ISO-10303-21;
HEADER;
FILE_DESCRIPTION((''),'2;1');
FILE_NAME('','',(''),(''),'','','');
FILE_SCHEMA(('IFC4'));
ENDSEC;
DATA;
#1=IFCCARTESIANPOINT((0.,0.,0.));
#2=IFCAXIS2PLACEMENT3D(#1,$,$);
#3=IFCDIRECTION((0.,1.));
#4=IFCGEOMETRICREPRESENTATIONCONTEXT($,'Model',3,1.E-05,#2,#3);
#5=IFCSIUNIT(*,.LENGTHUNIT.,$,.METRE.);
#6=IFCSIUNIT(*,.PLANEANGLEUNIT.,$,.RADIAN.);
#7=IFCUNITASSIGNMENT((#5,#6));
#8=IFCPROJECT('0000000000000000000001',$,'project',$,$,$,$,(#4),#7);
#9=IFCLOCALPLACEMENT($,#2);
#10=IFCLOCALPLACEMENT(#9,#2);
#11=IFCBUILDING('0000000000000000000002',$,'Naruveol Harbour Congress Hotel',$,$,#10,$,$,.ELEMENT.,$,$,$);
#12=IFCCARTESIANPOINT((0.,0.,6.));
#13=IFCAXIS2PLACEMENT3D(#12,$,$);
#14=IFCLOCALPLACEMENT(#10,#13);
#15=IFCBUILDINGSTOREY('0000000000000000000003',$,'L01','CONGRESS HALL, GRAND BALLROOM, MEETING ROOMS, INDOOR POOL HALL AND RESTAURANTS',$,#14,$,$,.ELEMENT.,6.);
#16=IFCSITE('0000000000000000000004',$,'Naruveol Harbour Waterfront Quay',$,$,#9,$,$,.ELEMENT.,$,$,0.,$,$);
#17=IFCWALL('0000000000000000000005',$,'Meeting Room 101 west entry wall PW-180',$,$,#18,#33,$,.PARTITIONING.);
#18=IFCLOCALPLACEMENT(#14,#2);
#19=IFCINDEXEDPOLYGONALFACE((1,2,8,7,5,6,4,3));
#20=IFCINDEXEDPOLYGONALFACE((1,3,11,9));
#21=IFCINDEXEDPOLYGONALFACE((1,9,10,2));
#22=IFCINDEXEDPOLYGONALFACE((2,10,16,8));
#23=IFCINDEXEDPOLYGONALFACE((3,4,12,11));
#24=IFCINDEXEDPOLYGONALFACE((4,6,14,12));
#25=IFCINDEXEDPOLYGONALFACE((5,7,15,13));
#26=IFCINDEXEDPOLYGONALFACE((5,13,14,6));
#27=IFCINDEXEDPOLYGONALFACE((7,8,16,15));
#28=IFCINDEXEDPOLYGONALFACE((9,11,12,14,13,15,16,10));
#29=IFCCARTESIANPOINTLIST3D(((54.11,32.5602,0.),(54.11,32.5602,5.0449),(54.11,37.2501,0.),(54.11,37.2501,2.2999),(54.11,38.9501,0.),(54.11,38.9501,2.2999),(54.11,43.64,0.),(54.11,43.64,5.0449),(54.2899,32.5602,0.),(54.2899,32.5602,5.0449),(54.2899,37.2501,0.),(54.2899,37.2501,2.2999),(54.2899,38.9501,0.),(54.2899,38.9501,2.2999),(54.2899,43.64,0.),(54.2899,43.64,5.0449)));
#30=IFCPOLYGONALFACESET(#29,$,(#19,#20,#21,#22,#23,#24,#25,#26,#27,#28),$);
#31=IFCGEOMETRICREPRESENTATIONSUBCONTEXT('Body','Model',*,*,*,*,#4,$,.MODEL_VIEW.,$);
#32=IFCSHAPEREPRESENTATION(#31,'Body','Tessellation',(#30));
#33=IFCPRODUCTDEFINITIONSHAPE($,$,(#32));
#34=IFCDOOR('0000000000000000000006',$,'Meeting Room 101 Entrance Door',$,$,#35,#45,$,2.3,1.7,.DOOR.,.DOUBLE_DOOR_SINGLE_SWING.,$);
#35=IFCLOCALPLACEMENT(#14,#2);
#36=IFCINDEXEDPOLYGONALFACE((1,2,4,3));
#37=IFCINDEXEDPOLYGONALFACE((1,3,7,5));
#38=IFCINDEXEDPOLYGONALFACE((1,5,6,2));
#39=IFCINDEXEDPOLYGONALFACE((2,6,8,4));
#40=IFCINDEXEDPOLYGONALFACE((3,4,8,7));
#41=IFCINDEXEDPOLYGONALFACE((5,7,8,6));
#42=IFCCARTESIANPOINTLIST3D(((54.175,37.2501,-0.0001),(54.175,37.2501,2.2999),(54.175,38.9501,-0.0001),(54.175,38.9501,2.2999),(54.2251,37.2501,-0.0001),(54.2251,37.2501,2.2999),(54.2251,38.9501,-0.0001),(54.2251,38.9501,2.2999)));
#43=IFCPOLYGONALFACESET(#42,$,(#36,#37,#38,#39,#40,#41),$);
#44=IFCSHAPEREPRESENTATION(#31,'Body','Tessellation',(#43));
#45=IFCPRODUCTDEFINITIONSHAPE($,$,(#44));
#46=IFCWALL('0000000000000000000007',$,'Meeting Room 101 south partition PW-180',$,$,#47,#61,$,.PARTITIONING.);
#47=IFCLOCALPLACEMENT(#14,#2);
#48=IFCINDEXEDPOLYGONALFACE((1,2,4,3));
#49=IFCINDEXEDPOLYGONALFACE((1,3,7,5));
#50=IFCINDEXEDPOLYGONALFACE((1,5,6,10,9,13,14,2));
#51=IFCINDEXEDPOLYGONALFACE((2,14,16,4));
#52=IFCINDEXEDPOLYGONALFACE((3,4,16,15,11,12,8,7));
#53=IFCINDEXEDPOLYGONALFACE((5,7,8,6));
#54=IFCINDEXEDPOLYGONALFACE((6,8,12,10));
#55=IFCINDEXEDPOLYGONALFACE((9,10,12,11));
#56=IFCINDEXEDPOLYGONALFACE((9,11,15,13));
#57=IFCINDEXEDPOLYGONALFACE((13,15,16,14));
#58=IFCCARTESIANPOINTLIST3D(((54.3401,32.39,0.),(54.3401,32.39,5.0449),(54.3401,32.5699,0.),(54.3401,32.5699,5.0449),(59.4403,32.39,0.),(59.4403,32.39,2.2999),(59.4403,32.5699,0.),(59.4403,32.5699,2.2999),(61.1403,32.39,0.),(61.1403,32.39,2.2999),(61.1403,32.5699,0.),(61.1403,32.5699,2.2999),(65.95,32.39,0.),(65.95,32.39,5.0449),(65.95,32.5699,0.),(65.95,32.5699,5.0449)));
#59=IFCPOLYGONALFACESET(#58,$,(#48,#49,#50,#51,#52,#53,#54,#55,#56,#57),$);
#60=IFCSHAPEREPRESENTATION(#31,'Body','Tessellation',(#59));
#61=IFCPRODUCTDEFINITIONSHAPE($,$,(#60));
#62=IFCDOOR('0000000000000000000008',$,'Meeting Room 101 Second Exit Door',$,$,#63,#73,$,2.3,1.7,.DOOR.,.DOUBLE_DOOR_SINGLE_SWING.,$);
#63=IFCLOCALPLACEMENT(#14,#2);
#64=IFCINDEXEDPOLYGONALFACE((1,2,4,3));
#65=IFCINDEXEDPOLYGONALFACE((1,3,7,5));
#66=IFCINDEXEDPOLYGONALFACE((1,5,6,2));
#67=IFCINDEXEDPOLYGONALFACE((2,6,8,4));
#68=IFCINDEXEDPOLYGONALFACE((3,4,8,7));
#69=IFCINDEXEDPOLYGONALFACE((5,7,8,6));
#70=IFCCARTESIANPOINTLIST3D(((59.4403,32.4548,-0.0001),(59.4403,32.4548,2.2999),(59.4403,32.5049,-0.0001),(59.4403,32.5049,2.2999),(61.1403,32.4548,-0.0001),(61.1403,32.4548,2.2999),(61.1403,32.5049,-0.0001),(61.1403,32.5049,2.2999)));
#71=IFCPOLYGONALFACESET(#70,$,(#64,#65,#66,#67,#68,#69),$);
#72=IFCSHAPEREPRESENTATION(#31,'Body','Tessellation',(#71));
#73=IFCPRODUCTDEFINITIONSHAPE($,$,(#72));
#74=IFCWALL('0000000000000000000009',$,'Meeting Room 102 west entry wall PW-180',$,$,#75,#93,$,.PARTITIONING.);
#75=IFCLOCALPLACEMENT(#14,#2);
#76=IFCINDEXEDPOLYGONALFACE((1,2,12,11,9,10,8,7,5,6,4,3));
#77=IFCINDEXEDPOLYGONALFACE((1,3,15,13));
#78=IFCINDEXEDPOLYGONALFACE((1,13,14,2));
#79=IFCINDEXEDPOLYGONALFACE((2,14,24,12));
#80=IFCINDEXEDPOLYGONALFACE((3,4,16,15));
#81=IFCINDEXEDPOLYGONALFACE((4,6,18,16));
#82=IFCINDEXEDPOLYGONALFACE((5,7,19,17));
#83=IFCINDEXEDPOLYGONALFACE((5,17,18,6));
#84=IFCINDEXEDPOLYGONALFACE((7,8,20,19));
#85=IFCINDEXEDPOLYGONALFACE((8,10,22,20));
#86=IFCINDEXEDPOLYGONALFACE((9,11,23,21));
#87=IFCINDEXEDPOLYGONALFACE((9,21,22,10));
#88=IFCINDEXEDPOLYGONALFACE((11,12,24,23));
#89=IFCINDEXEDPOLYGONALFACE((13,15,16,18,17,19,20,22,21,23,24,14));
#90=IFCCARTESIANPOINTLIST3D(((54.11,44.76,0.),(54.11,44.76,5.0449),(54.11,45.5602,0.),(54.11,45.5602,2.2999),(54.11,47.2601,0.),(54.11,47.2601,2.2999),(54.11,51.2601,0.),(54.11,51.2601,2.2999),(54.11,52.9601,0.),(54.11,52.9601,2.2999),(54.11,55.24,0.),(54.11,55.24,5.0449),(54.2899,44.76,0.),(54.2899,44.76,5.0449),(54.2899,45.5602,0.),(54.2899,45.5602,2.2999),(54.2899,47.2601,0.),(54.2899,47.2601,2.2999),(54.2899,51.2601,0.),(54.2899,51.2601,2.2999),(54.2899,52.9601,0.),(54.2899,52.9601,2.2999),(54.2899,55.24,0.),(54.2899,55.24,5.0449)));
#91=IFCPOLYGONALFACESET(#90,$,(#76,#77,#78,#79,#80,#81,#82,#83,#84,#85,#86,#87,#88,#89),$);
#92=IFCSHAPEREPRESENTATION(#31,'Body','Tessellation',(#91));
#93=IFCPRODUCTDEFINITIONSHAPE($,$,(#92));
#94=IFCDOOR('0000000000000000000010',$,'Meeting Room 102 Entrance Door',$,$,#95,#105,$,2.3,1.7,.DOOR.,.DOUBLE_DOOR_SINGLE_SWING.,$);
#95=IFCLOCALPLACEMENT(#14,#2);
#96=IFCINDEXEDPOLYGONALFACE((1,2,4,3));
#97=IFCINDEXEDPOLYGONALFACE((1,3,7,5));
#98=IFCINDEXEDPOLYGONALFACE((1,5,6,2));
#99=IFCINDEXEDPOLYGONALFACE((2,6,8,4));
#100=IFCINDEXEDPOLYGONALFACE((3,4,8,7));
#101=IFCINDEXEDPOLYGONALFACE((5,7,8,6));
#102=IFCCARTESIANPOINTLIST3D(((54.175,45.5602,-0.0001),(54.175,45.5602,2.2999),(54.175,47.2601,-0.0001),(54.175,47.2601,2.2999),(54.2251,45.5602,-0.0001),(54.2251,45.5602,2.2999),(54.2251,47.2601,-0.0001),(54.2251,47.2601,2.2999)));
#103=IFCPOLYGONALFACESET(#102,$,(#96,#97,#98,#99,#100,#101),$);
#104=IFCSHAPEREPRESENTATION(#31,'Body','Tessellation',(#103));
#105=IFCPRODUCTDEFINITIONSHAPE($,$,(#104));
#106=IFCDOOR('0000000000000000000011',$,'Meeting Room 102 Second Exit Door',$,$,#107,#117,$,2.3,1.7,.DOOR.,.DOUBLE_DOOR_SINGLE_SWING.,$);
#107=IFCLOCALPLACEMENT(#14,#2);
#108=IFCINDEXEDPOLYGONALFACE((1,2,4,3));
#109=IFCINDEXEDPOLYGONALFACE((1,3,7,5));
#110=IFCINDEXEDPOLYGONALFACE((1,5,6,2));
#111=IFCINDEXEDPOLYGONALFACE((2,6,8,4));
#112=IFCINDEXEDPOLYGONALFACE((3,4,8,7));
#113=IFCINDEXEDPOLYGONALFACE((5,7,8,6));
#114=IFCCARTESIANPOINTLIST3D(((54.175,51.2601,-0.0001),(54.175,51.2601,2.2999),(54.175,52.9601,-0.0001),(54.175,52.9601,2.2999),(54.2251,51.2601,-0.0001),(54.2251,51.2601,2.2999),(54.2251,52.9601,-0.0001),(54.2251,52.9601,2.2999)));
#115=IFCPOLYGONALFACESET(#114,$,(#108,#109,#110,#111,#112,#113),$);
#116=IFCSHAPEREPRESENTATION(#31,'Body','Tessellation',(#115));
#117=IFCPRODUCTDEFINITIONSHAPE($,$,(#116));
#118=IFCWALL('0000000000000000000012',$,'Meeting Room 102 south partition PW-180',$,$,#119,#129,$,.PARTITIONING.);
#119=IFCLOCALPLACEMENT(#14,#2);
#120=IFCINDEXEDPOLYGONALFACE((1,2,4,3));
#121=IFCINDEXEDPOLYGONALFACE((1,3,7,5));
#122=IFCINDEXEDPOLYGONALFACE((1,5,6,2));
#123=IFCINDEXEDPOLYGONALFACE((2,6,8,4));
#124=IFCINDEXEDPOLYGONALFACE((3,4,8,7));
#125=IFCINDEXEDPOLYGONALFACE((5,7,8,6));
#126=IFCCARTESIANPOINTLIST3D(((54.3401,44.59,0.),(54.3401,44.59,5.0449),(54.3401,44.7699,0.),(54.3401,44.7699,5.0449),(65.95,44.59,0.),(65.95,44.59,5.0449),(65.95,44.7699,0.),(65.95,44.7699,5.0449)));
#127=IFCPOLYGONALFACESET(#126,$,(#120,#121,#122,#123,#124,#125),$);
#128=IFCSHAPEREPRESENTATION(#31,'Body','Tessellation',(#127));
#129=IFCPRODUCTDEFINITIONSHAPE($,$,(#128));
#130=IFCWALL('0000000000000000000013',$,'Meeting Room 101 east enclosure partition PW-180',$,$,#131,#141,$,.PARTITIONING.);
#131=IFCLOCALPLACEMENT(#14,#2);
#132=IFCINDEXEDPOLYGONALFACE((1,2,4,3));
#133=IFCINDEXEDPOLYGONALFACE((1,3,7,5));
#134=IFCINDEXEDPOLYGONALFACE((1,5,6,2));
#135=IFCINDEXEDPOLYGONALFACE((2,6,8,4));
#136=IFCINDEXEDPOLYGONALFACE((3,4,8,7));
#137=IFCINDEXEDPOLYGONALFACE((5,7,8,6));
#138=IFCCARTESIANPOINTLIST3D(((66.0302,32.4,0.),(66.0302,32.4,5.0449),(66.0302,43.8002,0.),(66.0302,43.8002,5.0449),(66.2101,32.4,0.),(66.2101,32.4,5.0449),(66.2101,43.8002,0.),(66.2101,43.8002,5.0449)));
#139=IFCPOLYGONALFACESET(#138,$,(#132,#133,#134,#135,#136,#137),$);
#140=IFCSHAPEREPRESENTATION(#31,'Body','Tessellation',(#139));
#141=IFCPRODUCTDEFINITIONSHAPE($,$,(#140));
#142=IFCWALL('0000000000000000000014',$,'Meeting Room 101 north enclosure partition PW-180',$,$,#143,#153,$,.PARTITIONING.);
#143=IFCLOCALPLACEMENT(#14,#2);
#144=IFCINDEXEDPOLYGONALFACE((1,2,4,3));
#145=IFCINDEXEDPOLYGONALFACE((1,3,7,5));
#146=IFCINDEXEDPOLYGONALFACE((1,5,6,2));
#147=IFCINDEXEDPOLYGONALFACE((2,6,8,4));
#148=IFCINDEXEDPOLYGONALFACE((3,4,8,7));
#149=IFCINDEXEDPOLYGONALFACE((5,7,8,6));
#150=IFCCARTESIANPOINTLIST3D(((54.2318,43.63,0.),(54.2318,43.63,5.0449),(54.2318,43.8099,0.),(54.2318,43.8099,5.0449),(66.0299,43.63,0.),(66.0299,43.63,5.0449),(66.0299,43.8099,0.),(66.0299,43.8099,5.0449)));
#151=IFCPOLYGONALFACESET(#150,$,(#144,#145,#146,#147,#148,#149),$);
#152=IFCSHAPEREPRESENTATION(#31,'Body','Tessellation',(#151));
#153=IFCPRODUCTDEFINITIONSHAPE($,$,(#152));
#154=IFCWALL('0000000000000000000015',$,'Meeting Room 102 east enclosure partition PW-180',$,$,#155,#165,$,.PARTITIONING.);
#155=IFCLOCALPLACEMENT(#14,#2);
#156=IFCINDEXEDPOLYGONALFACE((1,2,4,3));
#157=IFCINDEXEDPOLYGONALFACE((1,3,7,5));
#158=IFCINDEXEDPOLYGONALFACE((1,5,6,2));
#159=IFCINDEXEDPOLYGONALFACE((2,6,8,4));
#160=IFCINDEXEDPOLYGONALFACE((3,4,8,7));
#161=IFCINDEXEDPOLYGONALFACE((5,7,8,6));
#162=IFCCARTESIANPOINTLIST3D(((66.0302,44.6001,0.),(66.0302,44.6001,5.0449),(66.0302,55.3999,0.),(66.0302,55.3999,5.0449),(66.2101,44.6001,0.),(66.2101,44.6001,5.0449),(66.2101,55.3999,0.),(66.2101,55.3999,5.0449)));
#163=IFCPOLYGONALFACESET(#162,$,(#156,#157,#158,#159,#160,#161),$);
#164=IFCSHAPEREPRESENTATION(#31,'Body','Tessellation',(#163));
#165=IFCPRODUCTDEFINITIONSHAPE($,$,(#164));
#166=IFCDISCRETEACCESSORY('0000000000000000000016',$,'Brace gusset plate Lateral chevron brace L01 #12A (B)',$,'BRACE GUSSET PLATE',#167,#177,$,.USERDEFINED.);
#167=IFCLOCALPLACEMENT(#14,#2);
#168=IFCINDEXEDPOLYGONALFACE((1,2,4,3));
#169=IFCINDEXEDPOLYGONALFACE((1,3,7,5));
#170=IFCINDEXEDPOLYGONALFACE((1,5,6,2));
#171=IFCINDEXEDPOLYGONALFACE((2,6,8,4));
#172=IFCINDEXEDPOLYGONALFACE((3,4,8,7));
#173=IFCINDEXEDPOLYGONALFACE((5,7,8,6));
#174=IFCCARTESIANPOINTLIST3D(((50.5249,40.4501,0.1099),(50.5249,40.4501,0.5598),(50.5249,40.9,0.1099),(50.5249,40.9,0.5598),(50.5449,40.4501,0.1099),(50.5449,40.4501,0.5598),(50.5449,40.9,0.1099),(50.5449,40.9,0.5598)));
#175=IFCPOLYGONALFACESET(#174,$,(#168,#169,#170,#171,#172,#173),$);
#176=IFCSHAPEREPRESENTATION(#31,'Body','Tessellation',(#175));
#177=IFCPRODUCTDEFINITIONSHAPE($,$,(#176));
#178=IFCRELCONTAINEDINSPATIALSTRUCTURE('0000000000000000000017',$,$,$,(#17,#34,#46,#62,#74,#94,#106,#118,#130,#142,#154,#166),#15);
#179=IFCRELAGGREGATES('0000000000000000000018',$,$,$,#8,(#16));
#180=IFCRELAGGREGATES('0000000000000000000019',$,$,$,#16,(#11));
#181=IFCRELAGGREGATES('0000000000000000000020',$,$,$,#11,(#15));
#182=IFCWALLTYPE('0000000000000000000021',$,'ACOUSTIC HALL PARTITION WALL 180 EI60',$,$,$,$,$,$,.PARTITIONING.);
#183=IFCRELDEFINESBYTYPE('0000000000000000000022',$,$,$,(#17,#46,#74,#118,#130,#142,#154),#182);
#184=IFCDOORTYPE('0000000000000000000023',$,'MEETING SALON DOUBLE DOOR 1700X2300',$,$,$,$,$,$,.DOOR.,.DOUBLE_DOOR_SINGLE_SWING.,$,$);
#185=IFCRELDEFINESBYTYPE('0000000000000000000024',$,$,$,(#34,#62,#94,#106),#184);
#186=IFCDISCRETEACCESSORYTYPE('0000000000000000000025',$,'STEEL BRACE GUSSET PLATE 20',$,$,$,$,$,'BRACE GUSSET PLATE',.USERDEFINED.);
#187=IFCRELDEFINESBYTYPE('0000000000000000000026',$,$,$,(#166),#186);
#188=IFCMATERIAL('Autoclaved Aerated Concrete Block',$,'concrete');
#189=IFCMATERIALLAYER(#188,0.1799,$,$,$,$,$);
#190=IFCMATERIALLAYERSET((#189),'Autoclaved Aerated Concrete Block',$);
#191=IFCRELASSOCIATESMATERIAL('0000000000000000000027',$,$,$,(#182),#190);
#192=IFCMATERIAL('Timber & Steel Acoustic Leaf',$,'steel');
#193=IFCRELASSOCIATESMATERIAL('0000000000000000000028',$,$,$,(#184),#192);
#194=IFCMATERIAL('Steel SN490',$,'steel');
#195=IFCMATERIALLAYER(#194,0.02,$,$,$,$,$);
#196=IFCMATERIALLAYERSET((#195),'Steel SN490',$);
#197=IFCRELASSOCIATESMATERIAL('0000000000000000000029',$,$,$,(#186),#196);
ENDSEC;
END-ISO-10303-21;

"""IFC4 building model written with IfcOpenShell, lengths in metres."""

from ifc_helpers import new_model, si_unit, direction, frame, frame_2d, origin, origin_2d, place, context, subcontext, project, spatial, rectangle, extrude, material, layer, layer_set, type_object, element, fill, save


model = new_model("IFC4")

# Units and contexts
model_context = context("Model", 3, precision=1e-05, world=origin(), true_north=direction((0.0, 1.0)))
body_context = subcontext(model_context, "Body", "Model", "MODEL_VIEW")
ifc_project = project(units=[si_unit("LENGTHUNIT", "METRE"), si_unit("PLANEANGLEUNIT", "RADIAN")], contexts=[model_context])

# Site, building, storey
site_placement = place(None, origin())
site = spatial("IfcSite", under=ifc_project, at=site_placement, Name="Naruveol Harbour Waterfront Quay", CompositionType="ELEMENT", RefElevation=0.0)
building_placement = place(site_placement, origin())
building = spatial("IfcBuilding", under=site, at=building_placement, Name="Naruveol Harbour Congress Hotel", CompositionType="ELEMENT")
storey_placement = place(building_placement, frame((0.0, 0.0, 6.0)))
storey = spatial("IfcBuildingStorey", under=building, at=storey_placement, Name="L01", Description="CONGRESS HALL, GRAND BALLROOM, MEETING ROOMS, INDOOR POOL HALL AND RESTAURANTS", CompositionType="ELEMENT", Elevation=6.0)

# Walls, openings, doors
ifc_material_1 = material(Name="Autoclaved Aerated Concrete Block", Category="concrete")
ifc_layer_1 = layer(ifc_material_1, 0.1799)
ifc_layer_set_1 = layer_set([ifc_layer_1], Name="Autoclaved Aerated Concrete Block")
wall_type = type_object("IfcWallType", Name="ACOUSTIC HALL PARTITION WALL 180 EI60", PredefinedType="PARTITIONING", material=ifc_layer_set_1)
wall_1_placement = place(storey_placement, frame((54.2, 32.5601, 0.0), z_axis=(0.0, 0.0, 1.0), x_axis=(0.0, 1.0, 0.0)))
wall_1 = element("IfcWall", 1, at=wall_1_placement, inside=storey, type_object=wall_type, Name="Meeting Room 101 west entry wall PW-180", PredefinedType="PARTITIONING", context=body_context, shape_type="SweptSolid", body=[
    extrude(rectangle(XDim=11.0798, YDim=0.1799, at=frame_2d((5.54, 0.0))), origin(), (0.0, 0.0, 1.0), 5.0449),
])
opening_1_placement = place(wall_1_placement, frame((4.6899, 0.0, 0.0)))
opening_1 = element("IfcOpeningElement", 2, at=opening_1_placement, cuts=wall_1, PredefinedType="OPENING", context=body_context, shape_type="SweptSolid", body=[
    extrude(rectangle(XDim=1.7, YDim=2.3, at=frame_2d((0.8501, 1.1499))), frame((0.0, 0.0999, 0.0), z_axis=(0.0, -1.0, 0.0), x_axis=(1.0, 0.0, 0.0)), (0.0, 0.0, 1.0), 0.2),
])
ifc_material_2 = material(Name="Timber & Steel Acoustic Leaf", Category="steel")
door_type = type_object("IfcDoorType", Name="MEETING SALON DOUBLE DOOR 1700X2300", OperationType="DOUBLE_DOOR_SINGLE_SWING", PredefinedType="DOOR", material=ifc_material_2)
door_1_placement = place(opening_1_placement, origin())
door_1 = element("IfcDoor", 3, at=door_1_placement, inside=storey, type_object=door_type, Name="Meeting Room 101 Entrance Door", OperationType="DOUBLE_DOOR_SINGLE_SWING", OverallHeight=2.3, OverallWidth=1.7, PredefinedType="DOOR", context=body_context, shape_type="SweptSolid", body=[
    extrude(rectangle(XDim=1.7, YDim=2.3, at=frame_2d((0.8501, 1.1499))), frame((0.0, 0.0249, 0.0), z_axis=(0.0, -1.0, 0.0), x_axis=(1.0, 0.0, 0.0)), (0.0, 0.0, 1.0), 0.05),
])
fill(opening_1, door_1)
wall_2_placement = place(storey_placement, frame((54.3401, 32.48, 0.0), z_axis=(0.0, 0.0, 1.0), x_axis=(1.0, 0.0, 0.0)))
wall_2 = element("IfcWall", 4, at=wall_2_placement, inside=storey, type_object=wall_type, Name="Meeting Room 101 south partition PW-180", PredefinedType="PARTITIONING", context=body_context, shape_type="SweptSolid", body=[
    extrude(rectangle(XDim=11.6099, YDim=0.1799, at=frame_2d((5.8049, 0.0))), origin(), (0.0, 0.0, 1.0), 5.0449),
])
opening_2_placement = place(wall_2_placement, frame((5.1001, 0.0, 0.0)))
opening_2 = element("IfcOpeningElement", 5, at=opening_2_placement, cuts=wall_2, PredefinedType="OPENING", context=body_context, shape_type="SweptSolid", body=[
    extrude(rectangle(XDim=1.7, YDim=2.3, at=frame_2d((0.8501, 1.1499))), frame((0.0, 0.0999, 0.0), z_axis=(0.0, -1.0, 0.0), x_axis=(1.0, 0.0, 0.0)), (0.0, 0.0, 1.0), 0.2),
])
door_2_placement = place(opening_2_placement, origin())
door_2 = element("IfcDoor", 6, at=door_2_placement, inside=storey, type_object=door_type, Name="Meeting Room 101 Second Exit Door", OperationType="DOUBLE_DOOR_SINGLE_SWING", OverallHeight=2.3, OverallWidth=1.7, PredefinedType="DOOR", context=body_context, shape_type="SweptSolid", body=[
    extrude(rectangle(XDim=1.7, YDim=2.3, at=frame_2d((0.8501, 1.1499))), frame((0.0, 0.0249, 0.0), z_axis=(0.0, -1.0, 0.0), x_axis=(1.0, 0.0, 0.0)), (0.0, 0.0, 1.0), 0.05),
])
fill(opening_2, door_2)

# Wall, openings, doors
wall_3_placement = place(storey_placement, frame((54.2, 44.76, 0.0), z_axis=(0.0, 0.0, 1.0), x_axis=(0.0, 1.0, 0.0)))
wall_3 = element("IfcWall", 7, at=wall_3_placement, inside=storey, type_object=wall_type, Name="Meeting Room 102 west entry wall PW-180", PredefinedType="PARTITIONING", context=body_context, shape_type="SweptSolid", body=[
    extrude(rectangle(XDim=10.48, YDim=0.1799, at=frame_2d((5.24, 0.0))), origin(), (0.0, 0.0, 1.0), 5.0449),
])
opening_3_placement = place(wall_3_placement, frame((0.8, 0.0, 0.0)))
opening_3 = element("IfcOpeningElement", 8, at=opening_3_placement, cuts=wall_3, PredefinedType="OPENING", context=body_context, shape_type="SweptSolid", body=[
    extrude(rectangle(XDim=1.7, YDim=2.3, at=frame_2d((0.8501, 1.1499))), frame((0.0, 0.0999, 0.0), z_axis=(0.0, -1.0, 0.0), x_axis=(1.0, 0.0, 0.0)), (0.0, 0.0, 1.0), 0.2),
])
opening_4_placement = place(wall_3_placement, frame((6.5, 0.0, 0.0)))
opening_4 = element("IfcOpeningElement", 9, at=opening_4_placement, cuts=wall_3, PredefinedType="OPENING", context=body_context, shape_type="SweptSolid", body=[
    extrude(rectangle(XDim=1.7, YDim=2.3, at=frame_2d((0.8501, 1.1499))), frame((0.0, 0.0999, 0.0), z_axis=(0.0, -1.0, 0.0), x_axis=(1.0, 0.0, 0.0)), (0.0, 0.0, 1.0), 0.2),
])
door_3_placement = place(opening_3_placement, origin())
door_3 = element("IfcDoor", 10, at=door_3_placement, inside=storey, type_object=door_type, Name="Meeting Room 102 Entrance Door", OperationType="DOUBLE_DOOR_SINGLE_SWING", OverallHeight=2.3, OverallWidth=1.7, PredefinedType="DOOR", context=body_context, shape_type="SweptSolid", body=[
    extrude(rectangle(XDim=1.7, YDim=2.3, at=frame_2d((0.8501, 1.1499))), frame((0.0, 0.0249, 0.0), z_axis=(0.0, -1.0, 0.0), x_axis=(1.0, 0.0, 0.0)), (0.0, 0.0, 1.0), 0.05),
])
fill(opening_3, door_3)
door_4_placement = place(opening_4_placement, origin())
door_4 = element("IfcDoor", 11, at=door_4_placement, inside=storey, type_object=door_type, Name="Meeting Room 102 Second Exit Door", OperationType="DOUBLE_DOOR_SINGLE_SWING", OverallHeight=2.3, OverallWidth=1.7, PredefinedType="DOOR", context=body_context, shape_type="SweptSolid", body=[
    extrude(rectangle(XDim=1.7, YDim=2.3, at=frame_2d((0.8501, 1.1499))), frame((0.0, 0.0249, 0.0), z_axis=(0.0, -1.0, 0.0), x_axis=(1.0, 0.0, 0.0)), (0.0, 0.0, 1.0), 0.05),
])
fill(opening_4, door_4)

# Walls
wall_4_placement = place(storey_placement, frame((54.3401, 44.6799, 0.0), z_axis=(0.0, 0.0, 1.0), x_axis=(1.0, 0.0, 0.0)))
element("IfcWall", 12, at=wall_4_placement, inside=storey, type_object=wall_type, Name="Meeting Room 102 south partition PW-180", PredefinedType="PARTITIONING", context=body_context, shape_type="SweptSolid", body=[
    extrude(rectangle(XDim=11.6099, YDim=0.1799, at=frame_2d((5.8049, 0.0))), origin(), (0.0, 0.0, 1.0), 5.0449),
])
wall_5_placement = place(storey_placement, frame((66.1201, 32.3999, 0.0), z_axis=(0.0, 0.0, 1.0), x_axis=(0.0, 1.0, 0.0)))
element("IfcWall", 13, at=wall_5_placement, inside=storey, type_object=wall_type, Name="Meeting Room 101 east enclosure partition PW-180", PredefinedType="PARTITIONING", context=body_context, shape_type="SweptSolid", body=[
    extrude(rectangle(XDim=11.4001, YDim=0.1799, at=frame_2d((5.7002, 0.0))), origin(), (0.0, 0.0, 1.0), 5.0449),
])
wall_6_placement = place(storey_placement, frame((54.2319, 43.72, 0.0), z_axis=(0.0, 0.0, 1.0), x_axis=(1.0, 0.0, 0.0)))
element("IfcWall", 14, at=wall_6_placement, inside=storey, type_object=wall_type, Name="Meeting Room 101 north enclosure partition PW-180", PredefinedType="PARTITIONING", context=body_context, shape_type="SweptSolid", body=[
    extrude(rectangle(XDim=11.7981, YDim=0.1799, at=frame_2d((5.8989, 0.0))), origin(), (0.0, 0.0, 1.0), 5.0449),
])
wall_7_placement = place(storey_placement, frame((66.1201, 44.6001, 0.0), z_axis=(0.0, 0.0, 1.0), x_axis=(0.0, 1.0, 0.0)))
element("IfcWall", 15, at=wall_7_placement, inside=storey, type_object=wall_type, Name="Meeting Room 102 east enclosure partition PW-180", PredefinedType="PARTITIONING", context=body_context, shape_type="SweptSolid", body=[
    extrude(rectangle(XDim=10.7998, YDim=0.1799, at=frame_2d((5.3999, 0.0))), origin(), (0.0, 0.0, 1.0), 5.0449),
])

# Discrete accessory
ifc_material_3 = material(Name="Steel SN490", Category="steel")
ifc_layer_2 = layer(ifc_material_3, 0.02)
ifc_layer_set_2 = layer_set([ifc_layer_2], Name="Steel SN490")
discrete_accessory_type = type_object("IfcDiscreteAccessoryType", Name="STEEL BRACE GUSSET PLATE 20", ElementType="BRACE GUSSET PLATE", PredefinedType="USERDEFINED", material=ifc_layer_set_2)
for number, where, z_axis, x_axis, name in (
    (16, (50.5349, 40.675, 0.1099), (0.0, 0.0, 1.0), (0.0, 1.0, 0.0), "Brace gusset plate Lateral chevron brace L01 #12A (B)"),
):
    element("IfcDiscreteAccessory", number, at=place(storey_placement, frame(where, z_axis=z_axis, x_axis=x_axis)), inside=storey, type_object=discrete_accessory_type, Name=name, ObjectType="BRACE GUSSET PLATE", PredefinedType="USERDEFINED", context=body_context, shape_type="SweptSolid", body=[
        extrude(rectangle(XDim=0.45, YDim=0.02, at=origin_2d()), origin(), (0.0, 0.0, 1.0), 0.45),
    ])

save(model, "model.ifc")
